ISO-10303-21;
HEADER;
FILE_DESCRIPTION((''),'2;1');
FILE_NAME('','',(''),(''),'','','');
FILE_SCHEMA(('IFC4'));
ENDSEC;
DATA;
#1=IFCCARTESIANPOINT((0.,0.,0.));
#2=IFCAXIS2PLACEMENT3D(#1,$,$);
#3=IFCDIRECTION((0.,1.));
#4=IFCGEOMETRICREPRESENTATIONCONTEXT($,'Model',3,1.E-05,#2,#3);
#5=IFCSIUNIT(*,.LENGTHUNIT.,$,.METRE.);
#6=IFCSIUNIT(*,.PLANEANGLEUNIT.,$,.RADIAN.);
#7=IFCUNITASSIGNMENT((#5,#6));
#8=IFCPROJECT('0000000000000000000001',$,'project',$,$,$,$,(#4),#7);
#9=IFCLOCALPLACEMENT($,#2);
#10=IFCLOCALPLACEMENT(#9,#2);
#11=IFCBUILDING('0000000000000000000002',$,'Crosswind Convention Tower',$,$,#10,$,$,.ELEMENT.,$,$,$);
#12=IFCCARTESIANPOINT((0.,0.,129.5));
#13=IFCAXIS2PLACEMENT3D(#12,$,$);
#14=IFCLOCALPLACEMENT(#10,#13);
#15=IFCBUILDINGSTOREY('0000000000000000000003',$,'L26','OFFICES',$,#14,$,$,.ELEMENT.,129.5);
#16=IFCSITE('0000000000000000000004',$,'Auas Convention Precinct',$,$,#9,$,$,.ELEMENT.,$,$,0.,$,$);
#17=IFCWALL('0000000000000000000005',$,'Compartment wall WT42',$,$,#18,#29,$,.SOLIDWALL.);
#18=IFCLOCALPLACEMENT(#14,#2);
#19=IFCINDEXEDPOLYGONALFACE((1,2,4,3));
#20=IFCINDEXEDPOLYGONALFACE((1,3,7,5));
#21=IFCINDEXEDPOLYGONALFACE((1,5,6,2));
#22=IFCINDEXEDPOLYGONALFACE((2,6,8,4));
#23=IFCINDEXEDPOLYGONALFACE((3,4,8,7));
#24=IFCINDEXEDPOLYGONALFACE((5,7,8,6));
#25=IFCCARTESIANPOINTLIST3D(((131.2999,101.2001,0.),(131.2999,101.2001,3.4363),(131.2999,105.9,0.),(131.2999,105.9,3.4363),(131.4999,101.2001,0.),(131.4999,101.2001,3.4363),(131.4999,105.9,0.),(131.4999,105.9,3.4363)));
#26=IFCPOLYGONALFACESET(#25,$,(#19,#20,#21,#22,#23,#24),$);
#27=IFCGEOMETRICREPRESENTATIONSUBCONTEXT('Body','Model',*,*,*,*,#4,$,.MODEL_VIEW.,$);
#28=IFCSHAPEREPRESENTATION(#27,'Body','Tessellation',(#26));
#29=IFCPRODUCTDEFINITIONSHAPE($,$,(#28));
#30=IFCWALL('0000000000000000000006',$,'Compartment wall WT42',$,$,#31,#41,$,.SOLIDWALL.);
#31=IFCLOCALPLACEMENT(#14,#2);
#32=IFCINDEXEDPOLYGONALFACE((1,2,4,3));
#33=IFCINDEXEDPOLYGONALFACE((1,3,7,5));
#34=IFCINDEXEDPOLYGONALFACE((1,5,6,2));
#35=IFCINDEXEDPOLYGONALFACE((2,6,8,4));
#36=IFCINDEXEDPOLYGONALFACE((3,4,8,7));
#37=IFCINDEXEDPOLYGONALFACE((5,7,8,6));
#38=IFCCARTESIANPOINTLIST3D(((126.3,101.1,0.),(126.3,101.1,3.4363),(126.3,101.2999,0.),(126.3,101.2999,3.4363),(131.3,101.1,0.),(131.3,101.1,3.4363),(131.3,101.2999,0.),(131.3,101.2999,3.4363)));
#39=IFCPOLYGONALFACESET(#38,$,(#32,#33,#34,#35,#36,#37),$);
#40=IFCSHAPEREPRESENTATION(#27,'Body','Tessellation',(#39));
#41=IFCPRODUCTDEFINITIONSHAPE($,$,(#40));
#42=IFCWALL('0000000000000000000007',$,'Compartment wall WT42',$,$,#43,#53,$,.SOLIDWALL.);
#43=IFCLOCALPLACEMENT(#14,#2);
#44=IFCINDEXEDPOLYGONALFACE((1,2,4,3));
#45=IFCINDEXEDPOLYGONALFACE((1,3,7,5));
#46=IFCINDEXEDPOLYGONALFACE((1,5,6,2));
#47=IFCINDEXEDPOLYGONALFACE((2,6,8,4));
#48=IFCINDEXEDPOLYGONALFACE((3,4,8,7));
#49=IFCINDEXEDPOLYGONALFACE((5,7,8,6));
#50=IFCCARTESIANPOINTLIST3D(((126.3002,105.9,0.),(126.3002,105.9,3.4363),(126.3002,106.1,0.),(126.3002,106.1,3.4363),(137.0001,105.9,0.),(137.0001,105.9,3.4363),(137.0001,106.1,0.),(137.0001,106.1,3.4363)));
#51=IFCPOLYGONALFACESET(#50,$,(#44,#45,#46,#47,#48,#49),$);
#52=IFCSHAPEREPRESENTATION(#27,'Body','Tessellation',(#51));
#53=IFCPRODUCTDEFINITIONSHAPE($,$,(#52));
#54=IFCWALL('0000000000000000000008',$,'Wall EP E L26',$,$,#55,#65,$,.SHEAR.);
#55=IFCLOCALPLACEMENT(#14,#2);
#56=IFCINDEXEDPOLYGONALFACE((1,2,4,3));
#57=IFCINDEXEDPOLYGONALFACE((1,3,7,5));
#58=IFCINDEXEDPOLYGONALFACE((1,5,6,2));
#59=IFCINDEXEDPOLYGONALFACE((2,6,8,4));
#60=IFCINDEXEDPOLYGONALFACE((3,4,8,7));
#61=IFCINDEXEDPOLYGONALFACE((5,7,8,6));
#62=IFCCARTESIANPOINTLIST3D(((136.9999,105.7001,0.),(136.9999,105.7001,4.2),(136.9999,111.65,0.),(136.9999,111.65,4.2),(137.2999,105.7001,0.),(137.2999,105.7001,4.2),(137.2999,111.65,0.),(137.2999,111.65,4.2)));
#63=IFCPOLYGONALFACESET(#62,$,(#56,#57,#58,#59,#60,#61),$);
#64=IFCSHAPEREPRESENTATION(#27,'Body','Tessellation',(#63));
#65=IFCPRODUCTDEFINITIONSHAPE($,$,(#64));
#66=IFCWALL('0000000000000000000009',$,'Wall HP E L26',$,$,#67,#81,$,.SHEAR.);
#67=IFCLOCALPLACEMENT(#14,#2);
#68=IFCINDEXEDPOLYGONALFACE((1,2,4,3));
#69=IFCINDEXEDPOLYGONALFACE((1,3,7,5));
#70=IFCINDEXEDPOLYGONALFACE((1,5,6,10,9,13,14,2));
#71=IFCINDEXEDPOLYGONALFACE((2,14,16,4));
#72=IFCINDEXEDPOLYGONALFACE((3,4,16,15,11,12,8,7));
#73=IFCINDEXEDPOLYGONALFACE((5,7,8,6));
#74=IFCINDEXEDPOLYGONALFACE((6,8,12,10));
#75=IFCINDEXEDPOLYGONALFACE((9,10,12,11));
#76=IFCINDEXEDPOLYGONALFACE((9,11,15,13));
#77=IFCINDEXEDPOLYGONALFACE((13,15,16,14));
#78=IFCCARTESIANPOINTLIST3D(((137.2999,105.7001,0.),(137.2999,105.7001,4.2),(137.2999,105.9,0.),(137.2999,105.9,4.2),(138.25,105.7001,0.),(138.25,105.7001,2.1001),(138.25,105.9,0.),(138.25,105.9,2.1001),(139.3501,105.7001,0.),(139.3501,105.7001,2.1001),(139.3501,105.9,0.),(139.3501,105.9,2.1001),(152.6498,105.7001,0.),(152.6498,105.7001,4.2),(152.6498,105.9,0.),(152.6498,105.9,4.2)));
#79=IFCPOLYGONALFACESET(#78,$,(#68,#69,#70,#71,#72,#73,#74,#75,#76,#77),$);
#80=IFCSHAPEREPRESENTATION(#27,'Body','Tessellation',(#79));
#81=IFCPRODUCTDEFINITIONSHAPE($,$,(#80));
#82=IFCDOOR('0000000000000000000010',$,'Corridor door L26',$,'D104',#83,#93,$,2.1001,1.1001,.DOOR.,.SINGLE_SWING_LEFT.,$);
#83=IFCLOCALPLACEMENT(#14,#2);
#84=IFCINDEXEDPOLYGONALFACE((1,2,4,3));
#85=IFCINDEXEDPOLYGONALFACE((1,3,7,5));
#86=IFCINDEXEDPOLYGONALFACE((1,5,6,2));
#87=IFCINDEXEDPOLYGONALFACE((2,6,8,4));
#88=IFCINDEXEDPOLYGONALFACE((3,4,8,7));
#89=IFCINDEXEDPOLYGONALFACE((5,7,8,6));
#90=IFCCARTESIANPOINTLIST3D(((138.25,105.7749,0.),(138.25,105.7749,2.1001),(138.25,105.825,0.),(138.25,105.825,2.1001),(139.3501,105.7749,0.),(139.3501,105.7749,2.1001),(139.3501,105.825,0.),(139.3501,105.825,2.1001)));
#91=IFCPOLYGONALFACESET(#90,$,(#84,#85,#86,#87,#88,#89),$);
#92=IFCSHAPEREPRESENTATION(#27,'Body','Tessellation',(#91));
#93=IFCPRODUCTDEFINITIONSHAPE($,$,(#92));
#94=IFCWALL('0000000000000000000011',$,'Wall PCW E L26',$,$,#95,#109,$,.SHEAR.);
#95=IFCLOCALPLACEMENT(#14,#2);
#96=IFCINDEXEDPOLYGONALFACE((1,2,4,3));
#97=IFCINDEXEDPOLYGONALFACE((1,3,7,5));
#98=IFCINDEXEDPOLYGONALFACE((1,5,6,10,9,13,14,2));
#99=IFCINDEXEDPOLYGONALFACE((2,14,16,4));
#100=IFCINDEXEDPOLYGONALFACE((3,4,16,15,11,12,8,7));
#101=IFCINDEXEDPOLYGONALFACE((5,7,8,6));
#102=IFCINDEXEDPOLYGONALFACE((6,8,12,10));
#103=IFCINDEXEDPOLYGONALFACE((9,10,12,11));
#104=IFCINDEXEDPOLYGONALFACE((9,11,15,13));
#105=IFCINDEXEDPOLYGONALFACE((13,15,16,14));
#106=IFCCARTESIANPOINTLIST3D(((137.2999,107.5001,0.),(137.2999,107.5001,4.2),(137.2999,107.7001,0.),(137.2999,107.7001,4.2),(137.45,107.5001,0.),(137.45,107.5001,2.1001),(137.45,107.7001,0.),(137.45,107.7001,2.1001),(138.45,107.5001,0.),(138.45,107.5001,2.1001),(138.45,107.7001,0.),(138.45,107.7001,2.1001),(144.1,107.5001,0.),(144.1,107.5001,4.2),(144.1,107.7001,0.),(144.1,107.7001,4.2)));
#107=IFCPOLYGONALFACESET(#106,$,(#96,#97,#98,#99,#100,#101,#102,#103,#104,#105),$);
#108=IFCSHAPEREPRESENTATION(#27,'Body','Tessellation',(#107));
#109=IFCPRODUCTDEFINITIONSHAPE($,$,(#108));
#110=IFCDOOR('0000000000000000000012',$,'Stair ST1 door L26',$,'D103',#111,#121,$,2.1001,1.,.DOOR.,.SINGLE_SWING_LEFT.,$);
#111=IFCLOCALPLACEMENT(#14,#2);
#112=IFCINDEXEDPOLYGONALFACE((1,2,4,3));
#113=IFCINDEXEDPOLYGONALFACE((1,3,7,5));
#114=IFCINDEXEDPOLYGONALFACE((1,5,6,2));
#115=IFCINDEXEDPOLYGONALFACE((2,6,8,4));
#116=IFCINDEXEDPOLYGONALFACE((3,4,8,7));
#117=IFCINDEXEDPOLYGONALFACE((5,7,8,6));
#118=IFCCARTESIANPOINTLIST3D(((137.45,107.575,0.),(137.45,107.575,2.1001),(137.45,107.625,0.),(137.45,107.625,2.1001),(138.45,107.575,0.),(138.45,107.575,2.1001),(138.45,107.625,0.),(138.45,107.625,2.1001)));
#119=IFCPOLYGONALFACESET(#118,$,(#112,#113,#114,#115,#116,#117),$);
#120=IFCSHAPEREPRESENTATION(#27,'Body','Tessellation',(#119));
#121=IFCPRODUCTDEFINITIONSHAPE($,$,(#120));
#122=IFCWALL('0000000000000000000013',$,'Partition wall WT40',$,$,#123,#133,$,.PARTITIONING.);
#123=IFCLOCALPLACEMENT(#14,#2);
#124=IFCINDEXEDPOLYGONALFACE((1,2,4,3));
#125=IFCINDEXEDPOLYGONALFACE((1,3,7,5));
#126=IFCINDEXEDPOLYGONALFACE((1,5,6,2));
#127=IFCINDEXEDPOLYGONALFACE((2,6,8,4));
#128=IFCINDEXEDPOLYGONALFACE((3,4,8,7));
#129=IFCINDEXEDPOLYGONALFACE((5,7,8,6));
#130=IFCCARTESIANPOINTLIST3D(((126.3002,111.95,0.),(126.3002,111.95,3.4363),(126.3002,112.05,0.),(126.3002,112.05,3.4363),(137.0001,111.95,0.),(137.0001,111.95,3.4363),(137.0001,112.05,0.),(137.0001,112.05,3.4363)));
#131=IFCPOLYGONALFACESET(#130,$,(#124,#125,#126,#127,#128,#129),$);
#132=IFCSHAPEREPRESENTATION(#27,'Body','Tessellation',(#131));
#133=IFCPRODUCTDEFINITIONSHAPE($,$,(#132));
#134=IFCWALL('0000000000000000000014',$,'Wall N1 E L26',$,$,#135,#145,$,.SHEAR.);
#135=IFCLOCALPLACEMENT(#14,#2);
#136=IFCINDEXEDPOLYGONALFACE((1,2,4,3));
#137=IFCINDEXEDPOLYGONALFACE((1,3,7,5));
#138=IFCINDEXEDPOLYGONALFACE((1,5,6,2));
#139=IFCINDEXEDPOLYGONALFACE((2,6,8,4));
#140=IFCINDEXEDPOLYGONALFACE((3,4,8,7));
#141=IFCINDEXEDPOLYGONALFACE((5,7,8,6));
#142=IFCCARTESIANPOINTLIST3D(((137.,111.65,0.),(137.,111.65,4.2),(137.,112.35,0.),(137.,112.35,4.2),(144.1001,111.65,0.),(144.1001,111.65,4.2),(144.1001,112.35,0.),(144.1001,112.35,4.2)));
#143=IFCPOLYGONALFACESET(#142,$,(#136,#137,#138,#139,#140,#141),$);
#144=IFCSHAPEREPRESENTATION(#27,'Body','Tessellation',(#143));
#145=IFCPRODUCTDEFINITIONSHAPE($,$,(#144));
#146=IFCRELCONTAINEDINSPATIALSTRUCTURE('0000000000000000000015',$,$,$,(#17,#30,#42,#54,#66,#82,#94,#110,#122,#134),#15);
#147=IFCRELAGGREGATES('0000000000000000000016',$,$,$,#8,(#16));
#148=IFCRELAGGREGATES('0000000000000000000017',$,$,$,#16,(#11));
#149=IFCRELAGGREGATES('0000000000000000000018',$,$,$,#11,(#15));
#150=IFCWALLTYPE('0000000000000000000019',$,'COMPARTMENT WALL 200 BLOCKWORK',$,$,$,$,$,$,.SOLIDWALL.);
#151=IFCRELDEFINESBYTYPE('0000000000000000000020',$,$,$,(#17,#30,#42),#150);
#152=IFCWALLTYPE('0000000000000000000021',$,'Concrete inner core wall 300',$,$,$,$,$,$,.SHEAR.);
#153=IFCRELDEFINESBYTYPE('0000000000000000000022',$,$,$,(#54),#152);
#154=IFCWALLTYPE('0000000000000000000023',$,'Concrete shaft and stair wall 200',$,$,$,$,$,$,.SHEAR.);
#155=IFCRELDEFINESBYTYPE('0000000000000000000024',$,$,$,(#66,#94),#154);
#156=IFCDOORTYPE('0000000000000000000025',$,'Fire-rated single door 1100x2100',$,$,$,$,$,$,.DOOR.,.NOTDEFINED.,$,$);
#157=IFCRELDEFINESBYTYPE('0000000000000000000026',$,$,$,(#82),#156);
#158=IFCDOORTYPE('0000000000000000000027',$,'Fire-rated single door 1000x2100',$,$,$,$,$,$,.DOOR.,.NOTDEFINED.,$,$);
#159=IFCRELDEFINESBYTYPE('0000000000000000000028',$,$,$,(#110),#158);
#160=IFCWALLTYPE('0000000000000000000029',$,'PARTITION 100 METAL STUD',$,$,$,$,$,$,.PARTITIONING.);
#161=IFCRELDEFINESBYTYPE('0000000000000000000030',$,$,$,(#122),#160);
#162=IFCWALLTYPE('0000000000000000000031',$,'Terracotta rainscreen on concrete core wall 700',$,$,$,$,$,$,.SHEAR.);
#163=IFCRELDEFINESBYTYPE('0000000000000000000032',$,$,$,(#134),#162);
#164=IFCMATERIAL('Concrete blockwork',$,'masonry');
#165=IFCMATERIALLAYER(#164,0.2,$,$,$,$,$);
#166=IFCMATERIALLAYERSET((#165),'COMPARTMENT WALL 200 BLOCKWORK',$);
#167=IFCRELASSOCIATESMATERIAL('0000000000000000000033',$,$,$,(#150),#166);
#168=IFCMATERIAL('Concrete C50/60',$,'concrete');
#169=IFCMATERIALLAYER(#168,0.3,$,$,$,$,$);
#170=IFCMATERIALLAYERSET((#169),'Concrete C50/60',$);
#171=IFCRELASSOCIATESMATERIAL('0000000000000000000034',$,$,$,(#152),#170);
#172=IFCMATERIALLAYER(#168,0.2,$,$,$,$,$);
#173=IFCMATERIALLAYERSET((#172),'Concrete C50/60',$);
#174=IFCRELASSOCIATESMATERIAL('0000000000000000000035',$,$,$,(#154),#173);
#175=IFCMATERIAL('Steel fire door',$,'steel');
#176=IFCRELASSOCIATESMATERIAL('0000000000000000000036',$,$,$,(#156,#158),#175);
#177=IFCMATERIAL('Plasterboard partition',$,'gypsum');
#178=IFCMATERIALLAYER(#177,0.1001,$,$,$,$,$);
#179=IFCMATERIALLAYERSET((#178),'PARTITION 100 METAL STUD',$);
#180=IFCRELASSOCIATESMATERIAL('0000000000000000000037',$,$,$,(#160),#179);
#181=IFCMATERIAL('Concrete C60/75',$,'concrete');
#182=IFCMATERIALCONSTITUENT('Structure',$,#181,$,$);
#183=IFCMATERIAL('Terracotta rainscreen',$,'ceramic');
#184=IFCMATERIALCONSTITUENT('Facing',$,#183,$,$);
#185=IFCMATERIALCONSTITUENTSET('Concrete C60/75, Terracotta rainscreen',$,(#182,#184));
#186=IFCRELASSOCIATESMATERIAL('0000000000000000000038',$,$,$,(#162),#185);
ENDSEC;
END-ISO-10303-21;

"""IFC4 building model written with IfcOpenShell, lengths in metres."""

from ifc_helpers import new_model, si_unit, direction, frame, frame_2d, origin, place, context, subcontext, project, spatial, rectangle, extrude, material, layer, layer_set, constituent, constituent_set, type_object, element, fill, save


model = new_model("IFC4")

# Units and contexts
model_context = context("Model", 3, precision=1e-05, world=origin(), true_north=direction((0.0, 1.0)))
body_context = subcontext(model_context, "Body", "Model", "MODEL_VIEW")
ifc_project = project(units=[si_unit("LENGTHUNIT", "METRE"), si_unit("PLANEANGLEUNIT", "RADIAN")], contexts=[model_context])

# Site, building, storey
site_placement = place(None, origin())
site = spatial("IfcSite", under=ifc_project, at=site_placement, Name="Auas Convention Precinct", CompositionType="ELEMENT", RefElevation=0.0)
building_placement = place(site_placement, origin())
building = spatial("IfcBuilding", under=site, at=building_placement, Name="Crosswind Convention Tower", CompositionType="ELEMENT")
storey_placement = place(building_placement, frame((0.0, 0.0, 129.5)))
storey = spatial("IfcBuildingStorey", under=building, at=storey_placement, Name="L26", Description="OFFICES", CompositionType="ELEMENT", Elevation=129.5)

# Shared definitions
ifc_material_1 = material(Name="Concrete blockwork", Category="masonry")
ifc_layer_1 = layer(ifc_material_1, 0.2)
ifc_layer_set_1 = layer_set([ifc_layer_1], Name="COMPARTMENT WALL 200 BLOCKWORK")
wall_type_1 = type_object("IfcWallType", Name="COMPARTMENT WALL 200 BLOCKWORK", PredefinedType="SOLIDWALL", material=ifc_layer_set_1)
ifc_material_2 = material(Name="Steel fire door", Category="steel")

# Walls
wall_1_placement = place(storey_placement, frame((131.3999, 101.2, 0.0), z_axis=(0.0, 0.0, 1.0), x_axis=(0.0, 1.0, 0.0)))
element("IfcWall", 1, at=wall_1_placement, inside=storey, type_object=wall_type_1, Name="Compartment wall WT42", PredefinedType="SOLIDWALL", context=body_context, shape_type="SweptSolid", body=[
    extrude(rectangle(XDim=4.7, YDim=0.2, at=frame_2d((2.3501, 0.0))), origin(), (0.0, 0.0, 1.0), 3.4363),
])
wall_2_placement = place(storey_placement, frame((126.3, 101.2, 0.0), z_axis=(0.0, 0.0, 1.0), x_axis=(1.0, 0.0, 0.0)))
element("IfcWall", 2, at=wall_2_placement, inside=storey, type_object=wall_type_1, Name="Compartment wall WT42", PredefinedType="SOLIDWALL", context=body_context, shape_type="SweptSolid", body=[
    extrude(rectangle(XDim=5.0, YDim=0.2, at=frame_2d((2.5, 0.0))), origin(), (0.0, 0.0, 1.0), 3.4363),
])
wall_3_placement = place(storey_placement, frame((126.3, 106.0, 0.0), z_axis=(0.0, 0.0, 1.0), x_axis=(1.0, 0.0, 0.0)))
element("IfcWall", 3, at=wall_3_placement, inside=storey, type_object=wall_type_1, Name="Compartment wall WT42", PredefinedType="SOLIDWALL", context=body_context, shape_type="SweptSolid", body=[
    extrude(rectangle(XDim=10.7, YDim=0.2, at=frame_2d((5.3501, 0.0))), origin(), (0.0, 0.0, 1.0), 3.4363),
])
ifc_material_3 = material(Name="Concrete C50/60", Category="concrete")
ifc_layer_2 = layer(ifc_material_3, 0.3)
ifc_layer_set_2 = layer_set([ifc_layer_2], Name="Concrete C50/60")
wall_type_2 = type_object("IfcWallType", Name="Concrete inner core wall 300", PredefinedType="SHEAR", material=ifc_layer_set_2)
wall_4_placement = place(storey_placement, frame((137.1499, 105.7, 0.0), z_axis=(0.0, 0.0, 1.0), x_axis=(0.0, 1.0, 0.0)))
element("IfcWall", 4, at=wall_4_placement, inside=storey, type_object=wall_type_2, Name="Wall EP E L26", PredefinedType="SHEAR", context=body_context, shape_type="SweptSolid", body=[
    extrude(rectangle(XDim=5.95, YDim=0.3, at=frame_2d((2.9751, 0.0))), origin(), (0.0, 0.0, 1.0), 4.2),
])

# Walls, openings, doors
ifc_layer_3 = layer(ifc_material_3, 0.2)
ifc_layer_set_3 = layer_set([ifc_layer_3], Name="Concrete C50/60")
wall_type_3 = type_object("IfcWallType", Name="Concrete shaft and stair wall 200", PredefinedType="SHEAR", material=ifc_layer_set_3)
wall_5_placement = place(storey_placement, frame((137.3, 105.8, 0.0), z_axis=(0.0, 0.0, 1.0), x_axis=(1.0, 0.0, 0.0)))
wall_5 = element("IfcWall", 5, at=wall_5_placement, inside=storey, type_object=wall_type_3, Name="Wall HP E L26", PredefinedType="SHEAR", context=body_context, shape_type="SweptSolid", body=[
    extrude(rectangle(XDim=15.3499, YDim=0.2, at=frame_2d((7.6748, 0.0))), origin(), (0.0, 0.0, 1.0), 4.2),
])
opening_1_placement = place(wall_5_placement, frame((0.95, 0.0, 0.0)))
opening_1 = element("IfcOpeningElement", 6, at=opening_1_placement, cuts=wall_5, PredefinedType="OPENING", context=body_context, shape_type="SweptSolid", body=[
    extrude(rectangle(XDim=1.1001, YDim=2.1001, at=frame_2d((0.55, 1.05))), frame((0.0, 0.1099, 0.0), z_axis=(0.0, -1.0, 0.0), x_axis=(1.0, 0.0, 0.0)), (0.0, 0.0, 1.0), 0.22),
])
door_type_1 = type_object("IfcDoorType", Name="Fire-rated single door 1100x2100", OperationType="NOTDEFINED", PredefinedType="DOOR", material=ifc_material_2)
door_1_placement = place(opening_1_placement, origin())
door_1 = element("IfcDoor", 7, at=door_1_placement, inside=storey, type_object=door_type_1, Name="Corridor door L26", ObjectType="D104", OperationType="SINGLE_SWING_LEFT", OverallHeight=2.1001, OverallWidth=1.1001, PredefinedType="DOOR", context=body_context, shape_type="SweptSolid", body=[
    extrude(rectangle(XDim=1.1001, YDim=2.1001, at=frame_2d((0.55, 1.05))), frame((0.0, 0.0249, 0.0), z_axis=(0.0, -1.0, 0.0), x_axis=(1.0, 0.0, 0.0)), (0.0, 0.0, 1.0), 0.05),
])
fill(opening_1, door_1)
wall_6_placement = place(storey_placement, frame((137.3, 107.6001, 0.0), z_axis=(0.0, 0.0, 1.0), x_axis=(1.0, 0.0, 0.0)))
wall_6 = element("IfcWall", 8, at=wall_6_placement, inside=storey, type_object=wall_type_3, Name="Wall PCW E L26", PredefinedType="SHEAR", context=body_context, shape_type="SweptSolid", body=[
    extrude(rectangle(XDim=6.8, YDim=0.2, at=frame_2d((3.3999, 0.0))), origin(), (0.0, 0.0, 1.0), 4.2),
])
opening_2_placement = place(wall_6_placement, frame((0.1499, 0.0, 0.0)))
opening_2 = element("IfcOpeningElement", 9, at=opening_2_placement, cuts=wall_6, PredefinedType="OPENING", context=body_context, shape_type="SweptSolid", body=[
    extrude(rectangle(XDim=1.0, YDim=2.1001, at=frame_2d((0.5, 1.05))), frame((0.0, 0.1099, 0.0), z_axis=(0.0, -1.0, 0.0), x_axis=(1.0, 0.0, 0.0)), (0.0, 0.0, 1.0), 0.22),
])
door_type_2 = type_object("IfcDoorType", Name="Fire-rated single door 1000x2100", OperationType="NOTDEFINED", PredefinedType="DOOR", material=ifc_material_2)
door_2_placement = place(opening_2_placement, origin())
door_2 = element("IfcDoor", 10, at=door_2_placement, inside=storey, type_object=door_type_2, Name="Stair ST1 door L26", ObjectType="D103", OperationType="SINGLE_SWING_LEFT", OverallHeight=2.1001, OverallWidth=1.0, PredefinedType="DOOR", context=body_context, shape_type="SweptSolid", body=[
    extrude(rectangle(XDim=1.0, YDim=2.1001, at=frame_2d((0.5, 1.05))), frame((0.0, 0.0249, 0.0), z_axis=(0.0, -1.0, 0.0), x_axis=(1.0, 0.0, 0.0)), (0.0, 0.0, 1.0), 0.05),
])
fill(opening_2, door_2)

# Walls
ifc_material_4 = material(Name="Plasterboard partition", Category="gypsum")
ifc_layer_4 = layer(ifc_material_4, 0.1001)
ifc_layer_set_4 = layer_set([ifc_layer_4], Name="PARTITION 100 METAL STUD")
wall_type_4 = type_object("IfcWallType", Name="PARTITION 100 METAL STUD", PredefinedType="PARTITIONING", material=ifc_layer_set_4)
wall_7_placement = place(storey_placement, frame((126.3, 112.0, 0.0), z_axis=(0.0, 0.0, 1.0), x_axis=(1.0, 0.0, 0.0)))
element("IfcWall", 11, at=wall_7_placement, inside=storey, type_object=wall_type_4, Name="Partition wall WT40", PredefinedType="PARTITIONING", context=body_context, shape_type="SweptSolid", body=[
    extrude(rectangle(XDim=10.7, YDim=0.1001, at=frame_2d((5.3501, 0.0))), origin(), (0.0, 0.0, 1.0), 3.4363),
])
ifc_material_5 = material(Name="Concrete C60/75", Category="concrete")
ifc_constituent_1 = constituent(ifc_material_5, Name="Structure")
ifc_material_6 = material(Name="Terracotta rainscreen", Category="ceramic")
ifc_constituent_2 = constituent(ifc_material_6, Name="Facing")
ifc_constituent_set = constituent_set(constituents=[ifc_constituent_1, ifc_constituent_2], Name="Concrete C60/75, Terracotta rainscreen")
wall_type_5 = type_object("IfcWallType", Name="Terracotta rainscreen on concrete core wall 700", PredefinedType="SHEAR", material=ifc_constituent_set)
wall_8_placement = place(storey_placement, frame((137.0, 112.0, 0.0), z_axis=(0.0, 0.0, 1.0), x_axis=(1.0, 0.0, 0.0)))
element("IfcWall", 12, at=wall_8_placement, inside=storey, type_object=wall_type_5, Name="Wall N1 E L26", PredefinedType="SHEAR", context=body_context, shape_type="SweptSolid", body=[
    extrude(rectangle(XDim=7.1001, YDim=0.7, at=frame_2d((3.55, 0.0))), origin(), (0.0, 0.0, 1.0), 4.2),
])

save(model, "model.ifc")
